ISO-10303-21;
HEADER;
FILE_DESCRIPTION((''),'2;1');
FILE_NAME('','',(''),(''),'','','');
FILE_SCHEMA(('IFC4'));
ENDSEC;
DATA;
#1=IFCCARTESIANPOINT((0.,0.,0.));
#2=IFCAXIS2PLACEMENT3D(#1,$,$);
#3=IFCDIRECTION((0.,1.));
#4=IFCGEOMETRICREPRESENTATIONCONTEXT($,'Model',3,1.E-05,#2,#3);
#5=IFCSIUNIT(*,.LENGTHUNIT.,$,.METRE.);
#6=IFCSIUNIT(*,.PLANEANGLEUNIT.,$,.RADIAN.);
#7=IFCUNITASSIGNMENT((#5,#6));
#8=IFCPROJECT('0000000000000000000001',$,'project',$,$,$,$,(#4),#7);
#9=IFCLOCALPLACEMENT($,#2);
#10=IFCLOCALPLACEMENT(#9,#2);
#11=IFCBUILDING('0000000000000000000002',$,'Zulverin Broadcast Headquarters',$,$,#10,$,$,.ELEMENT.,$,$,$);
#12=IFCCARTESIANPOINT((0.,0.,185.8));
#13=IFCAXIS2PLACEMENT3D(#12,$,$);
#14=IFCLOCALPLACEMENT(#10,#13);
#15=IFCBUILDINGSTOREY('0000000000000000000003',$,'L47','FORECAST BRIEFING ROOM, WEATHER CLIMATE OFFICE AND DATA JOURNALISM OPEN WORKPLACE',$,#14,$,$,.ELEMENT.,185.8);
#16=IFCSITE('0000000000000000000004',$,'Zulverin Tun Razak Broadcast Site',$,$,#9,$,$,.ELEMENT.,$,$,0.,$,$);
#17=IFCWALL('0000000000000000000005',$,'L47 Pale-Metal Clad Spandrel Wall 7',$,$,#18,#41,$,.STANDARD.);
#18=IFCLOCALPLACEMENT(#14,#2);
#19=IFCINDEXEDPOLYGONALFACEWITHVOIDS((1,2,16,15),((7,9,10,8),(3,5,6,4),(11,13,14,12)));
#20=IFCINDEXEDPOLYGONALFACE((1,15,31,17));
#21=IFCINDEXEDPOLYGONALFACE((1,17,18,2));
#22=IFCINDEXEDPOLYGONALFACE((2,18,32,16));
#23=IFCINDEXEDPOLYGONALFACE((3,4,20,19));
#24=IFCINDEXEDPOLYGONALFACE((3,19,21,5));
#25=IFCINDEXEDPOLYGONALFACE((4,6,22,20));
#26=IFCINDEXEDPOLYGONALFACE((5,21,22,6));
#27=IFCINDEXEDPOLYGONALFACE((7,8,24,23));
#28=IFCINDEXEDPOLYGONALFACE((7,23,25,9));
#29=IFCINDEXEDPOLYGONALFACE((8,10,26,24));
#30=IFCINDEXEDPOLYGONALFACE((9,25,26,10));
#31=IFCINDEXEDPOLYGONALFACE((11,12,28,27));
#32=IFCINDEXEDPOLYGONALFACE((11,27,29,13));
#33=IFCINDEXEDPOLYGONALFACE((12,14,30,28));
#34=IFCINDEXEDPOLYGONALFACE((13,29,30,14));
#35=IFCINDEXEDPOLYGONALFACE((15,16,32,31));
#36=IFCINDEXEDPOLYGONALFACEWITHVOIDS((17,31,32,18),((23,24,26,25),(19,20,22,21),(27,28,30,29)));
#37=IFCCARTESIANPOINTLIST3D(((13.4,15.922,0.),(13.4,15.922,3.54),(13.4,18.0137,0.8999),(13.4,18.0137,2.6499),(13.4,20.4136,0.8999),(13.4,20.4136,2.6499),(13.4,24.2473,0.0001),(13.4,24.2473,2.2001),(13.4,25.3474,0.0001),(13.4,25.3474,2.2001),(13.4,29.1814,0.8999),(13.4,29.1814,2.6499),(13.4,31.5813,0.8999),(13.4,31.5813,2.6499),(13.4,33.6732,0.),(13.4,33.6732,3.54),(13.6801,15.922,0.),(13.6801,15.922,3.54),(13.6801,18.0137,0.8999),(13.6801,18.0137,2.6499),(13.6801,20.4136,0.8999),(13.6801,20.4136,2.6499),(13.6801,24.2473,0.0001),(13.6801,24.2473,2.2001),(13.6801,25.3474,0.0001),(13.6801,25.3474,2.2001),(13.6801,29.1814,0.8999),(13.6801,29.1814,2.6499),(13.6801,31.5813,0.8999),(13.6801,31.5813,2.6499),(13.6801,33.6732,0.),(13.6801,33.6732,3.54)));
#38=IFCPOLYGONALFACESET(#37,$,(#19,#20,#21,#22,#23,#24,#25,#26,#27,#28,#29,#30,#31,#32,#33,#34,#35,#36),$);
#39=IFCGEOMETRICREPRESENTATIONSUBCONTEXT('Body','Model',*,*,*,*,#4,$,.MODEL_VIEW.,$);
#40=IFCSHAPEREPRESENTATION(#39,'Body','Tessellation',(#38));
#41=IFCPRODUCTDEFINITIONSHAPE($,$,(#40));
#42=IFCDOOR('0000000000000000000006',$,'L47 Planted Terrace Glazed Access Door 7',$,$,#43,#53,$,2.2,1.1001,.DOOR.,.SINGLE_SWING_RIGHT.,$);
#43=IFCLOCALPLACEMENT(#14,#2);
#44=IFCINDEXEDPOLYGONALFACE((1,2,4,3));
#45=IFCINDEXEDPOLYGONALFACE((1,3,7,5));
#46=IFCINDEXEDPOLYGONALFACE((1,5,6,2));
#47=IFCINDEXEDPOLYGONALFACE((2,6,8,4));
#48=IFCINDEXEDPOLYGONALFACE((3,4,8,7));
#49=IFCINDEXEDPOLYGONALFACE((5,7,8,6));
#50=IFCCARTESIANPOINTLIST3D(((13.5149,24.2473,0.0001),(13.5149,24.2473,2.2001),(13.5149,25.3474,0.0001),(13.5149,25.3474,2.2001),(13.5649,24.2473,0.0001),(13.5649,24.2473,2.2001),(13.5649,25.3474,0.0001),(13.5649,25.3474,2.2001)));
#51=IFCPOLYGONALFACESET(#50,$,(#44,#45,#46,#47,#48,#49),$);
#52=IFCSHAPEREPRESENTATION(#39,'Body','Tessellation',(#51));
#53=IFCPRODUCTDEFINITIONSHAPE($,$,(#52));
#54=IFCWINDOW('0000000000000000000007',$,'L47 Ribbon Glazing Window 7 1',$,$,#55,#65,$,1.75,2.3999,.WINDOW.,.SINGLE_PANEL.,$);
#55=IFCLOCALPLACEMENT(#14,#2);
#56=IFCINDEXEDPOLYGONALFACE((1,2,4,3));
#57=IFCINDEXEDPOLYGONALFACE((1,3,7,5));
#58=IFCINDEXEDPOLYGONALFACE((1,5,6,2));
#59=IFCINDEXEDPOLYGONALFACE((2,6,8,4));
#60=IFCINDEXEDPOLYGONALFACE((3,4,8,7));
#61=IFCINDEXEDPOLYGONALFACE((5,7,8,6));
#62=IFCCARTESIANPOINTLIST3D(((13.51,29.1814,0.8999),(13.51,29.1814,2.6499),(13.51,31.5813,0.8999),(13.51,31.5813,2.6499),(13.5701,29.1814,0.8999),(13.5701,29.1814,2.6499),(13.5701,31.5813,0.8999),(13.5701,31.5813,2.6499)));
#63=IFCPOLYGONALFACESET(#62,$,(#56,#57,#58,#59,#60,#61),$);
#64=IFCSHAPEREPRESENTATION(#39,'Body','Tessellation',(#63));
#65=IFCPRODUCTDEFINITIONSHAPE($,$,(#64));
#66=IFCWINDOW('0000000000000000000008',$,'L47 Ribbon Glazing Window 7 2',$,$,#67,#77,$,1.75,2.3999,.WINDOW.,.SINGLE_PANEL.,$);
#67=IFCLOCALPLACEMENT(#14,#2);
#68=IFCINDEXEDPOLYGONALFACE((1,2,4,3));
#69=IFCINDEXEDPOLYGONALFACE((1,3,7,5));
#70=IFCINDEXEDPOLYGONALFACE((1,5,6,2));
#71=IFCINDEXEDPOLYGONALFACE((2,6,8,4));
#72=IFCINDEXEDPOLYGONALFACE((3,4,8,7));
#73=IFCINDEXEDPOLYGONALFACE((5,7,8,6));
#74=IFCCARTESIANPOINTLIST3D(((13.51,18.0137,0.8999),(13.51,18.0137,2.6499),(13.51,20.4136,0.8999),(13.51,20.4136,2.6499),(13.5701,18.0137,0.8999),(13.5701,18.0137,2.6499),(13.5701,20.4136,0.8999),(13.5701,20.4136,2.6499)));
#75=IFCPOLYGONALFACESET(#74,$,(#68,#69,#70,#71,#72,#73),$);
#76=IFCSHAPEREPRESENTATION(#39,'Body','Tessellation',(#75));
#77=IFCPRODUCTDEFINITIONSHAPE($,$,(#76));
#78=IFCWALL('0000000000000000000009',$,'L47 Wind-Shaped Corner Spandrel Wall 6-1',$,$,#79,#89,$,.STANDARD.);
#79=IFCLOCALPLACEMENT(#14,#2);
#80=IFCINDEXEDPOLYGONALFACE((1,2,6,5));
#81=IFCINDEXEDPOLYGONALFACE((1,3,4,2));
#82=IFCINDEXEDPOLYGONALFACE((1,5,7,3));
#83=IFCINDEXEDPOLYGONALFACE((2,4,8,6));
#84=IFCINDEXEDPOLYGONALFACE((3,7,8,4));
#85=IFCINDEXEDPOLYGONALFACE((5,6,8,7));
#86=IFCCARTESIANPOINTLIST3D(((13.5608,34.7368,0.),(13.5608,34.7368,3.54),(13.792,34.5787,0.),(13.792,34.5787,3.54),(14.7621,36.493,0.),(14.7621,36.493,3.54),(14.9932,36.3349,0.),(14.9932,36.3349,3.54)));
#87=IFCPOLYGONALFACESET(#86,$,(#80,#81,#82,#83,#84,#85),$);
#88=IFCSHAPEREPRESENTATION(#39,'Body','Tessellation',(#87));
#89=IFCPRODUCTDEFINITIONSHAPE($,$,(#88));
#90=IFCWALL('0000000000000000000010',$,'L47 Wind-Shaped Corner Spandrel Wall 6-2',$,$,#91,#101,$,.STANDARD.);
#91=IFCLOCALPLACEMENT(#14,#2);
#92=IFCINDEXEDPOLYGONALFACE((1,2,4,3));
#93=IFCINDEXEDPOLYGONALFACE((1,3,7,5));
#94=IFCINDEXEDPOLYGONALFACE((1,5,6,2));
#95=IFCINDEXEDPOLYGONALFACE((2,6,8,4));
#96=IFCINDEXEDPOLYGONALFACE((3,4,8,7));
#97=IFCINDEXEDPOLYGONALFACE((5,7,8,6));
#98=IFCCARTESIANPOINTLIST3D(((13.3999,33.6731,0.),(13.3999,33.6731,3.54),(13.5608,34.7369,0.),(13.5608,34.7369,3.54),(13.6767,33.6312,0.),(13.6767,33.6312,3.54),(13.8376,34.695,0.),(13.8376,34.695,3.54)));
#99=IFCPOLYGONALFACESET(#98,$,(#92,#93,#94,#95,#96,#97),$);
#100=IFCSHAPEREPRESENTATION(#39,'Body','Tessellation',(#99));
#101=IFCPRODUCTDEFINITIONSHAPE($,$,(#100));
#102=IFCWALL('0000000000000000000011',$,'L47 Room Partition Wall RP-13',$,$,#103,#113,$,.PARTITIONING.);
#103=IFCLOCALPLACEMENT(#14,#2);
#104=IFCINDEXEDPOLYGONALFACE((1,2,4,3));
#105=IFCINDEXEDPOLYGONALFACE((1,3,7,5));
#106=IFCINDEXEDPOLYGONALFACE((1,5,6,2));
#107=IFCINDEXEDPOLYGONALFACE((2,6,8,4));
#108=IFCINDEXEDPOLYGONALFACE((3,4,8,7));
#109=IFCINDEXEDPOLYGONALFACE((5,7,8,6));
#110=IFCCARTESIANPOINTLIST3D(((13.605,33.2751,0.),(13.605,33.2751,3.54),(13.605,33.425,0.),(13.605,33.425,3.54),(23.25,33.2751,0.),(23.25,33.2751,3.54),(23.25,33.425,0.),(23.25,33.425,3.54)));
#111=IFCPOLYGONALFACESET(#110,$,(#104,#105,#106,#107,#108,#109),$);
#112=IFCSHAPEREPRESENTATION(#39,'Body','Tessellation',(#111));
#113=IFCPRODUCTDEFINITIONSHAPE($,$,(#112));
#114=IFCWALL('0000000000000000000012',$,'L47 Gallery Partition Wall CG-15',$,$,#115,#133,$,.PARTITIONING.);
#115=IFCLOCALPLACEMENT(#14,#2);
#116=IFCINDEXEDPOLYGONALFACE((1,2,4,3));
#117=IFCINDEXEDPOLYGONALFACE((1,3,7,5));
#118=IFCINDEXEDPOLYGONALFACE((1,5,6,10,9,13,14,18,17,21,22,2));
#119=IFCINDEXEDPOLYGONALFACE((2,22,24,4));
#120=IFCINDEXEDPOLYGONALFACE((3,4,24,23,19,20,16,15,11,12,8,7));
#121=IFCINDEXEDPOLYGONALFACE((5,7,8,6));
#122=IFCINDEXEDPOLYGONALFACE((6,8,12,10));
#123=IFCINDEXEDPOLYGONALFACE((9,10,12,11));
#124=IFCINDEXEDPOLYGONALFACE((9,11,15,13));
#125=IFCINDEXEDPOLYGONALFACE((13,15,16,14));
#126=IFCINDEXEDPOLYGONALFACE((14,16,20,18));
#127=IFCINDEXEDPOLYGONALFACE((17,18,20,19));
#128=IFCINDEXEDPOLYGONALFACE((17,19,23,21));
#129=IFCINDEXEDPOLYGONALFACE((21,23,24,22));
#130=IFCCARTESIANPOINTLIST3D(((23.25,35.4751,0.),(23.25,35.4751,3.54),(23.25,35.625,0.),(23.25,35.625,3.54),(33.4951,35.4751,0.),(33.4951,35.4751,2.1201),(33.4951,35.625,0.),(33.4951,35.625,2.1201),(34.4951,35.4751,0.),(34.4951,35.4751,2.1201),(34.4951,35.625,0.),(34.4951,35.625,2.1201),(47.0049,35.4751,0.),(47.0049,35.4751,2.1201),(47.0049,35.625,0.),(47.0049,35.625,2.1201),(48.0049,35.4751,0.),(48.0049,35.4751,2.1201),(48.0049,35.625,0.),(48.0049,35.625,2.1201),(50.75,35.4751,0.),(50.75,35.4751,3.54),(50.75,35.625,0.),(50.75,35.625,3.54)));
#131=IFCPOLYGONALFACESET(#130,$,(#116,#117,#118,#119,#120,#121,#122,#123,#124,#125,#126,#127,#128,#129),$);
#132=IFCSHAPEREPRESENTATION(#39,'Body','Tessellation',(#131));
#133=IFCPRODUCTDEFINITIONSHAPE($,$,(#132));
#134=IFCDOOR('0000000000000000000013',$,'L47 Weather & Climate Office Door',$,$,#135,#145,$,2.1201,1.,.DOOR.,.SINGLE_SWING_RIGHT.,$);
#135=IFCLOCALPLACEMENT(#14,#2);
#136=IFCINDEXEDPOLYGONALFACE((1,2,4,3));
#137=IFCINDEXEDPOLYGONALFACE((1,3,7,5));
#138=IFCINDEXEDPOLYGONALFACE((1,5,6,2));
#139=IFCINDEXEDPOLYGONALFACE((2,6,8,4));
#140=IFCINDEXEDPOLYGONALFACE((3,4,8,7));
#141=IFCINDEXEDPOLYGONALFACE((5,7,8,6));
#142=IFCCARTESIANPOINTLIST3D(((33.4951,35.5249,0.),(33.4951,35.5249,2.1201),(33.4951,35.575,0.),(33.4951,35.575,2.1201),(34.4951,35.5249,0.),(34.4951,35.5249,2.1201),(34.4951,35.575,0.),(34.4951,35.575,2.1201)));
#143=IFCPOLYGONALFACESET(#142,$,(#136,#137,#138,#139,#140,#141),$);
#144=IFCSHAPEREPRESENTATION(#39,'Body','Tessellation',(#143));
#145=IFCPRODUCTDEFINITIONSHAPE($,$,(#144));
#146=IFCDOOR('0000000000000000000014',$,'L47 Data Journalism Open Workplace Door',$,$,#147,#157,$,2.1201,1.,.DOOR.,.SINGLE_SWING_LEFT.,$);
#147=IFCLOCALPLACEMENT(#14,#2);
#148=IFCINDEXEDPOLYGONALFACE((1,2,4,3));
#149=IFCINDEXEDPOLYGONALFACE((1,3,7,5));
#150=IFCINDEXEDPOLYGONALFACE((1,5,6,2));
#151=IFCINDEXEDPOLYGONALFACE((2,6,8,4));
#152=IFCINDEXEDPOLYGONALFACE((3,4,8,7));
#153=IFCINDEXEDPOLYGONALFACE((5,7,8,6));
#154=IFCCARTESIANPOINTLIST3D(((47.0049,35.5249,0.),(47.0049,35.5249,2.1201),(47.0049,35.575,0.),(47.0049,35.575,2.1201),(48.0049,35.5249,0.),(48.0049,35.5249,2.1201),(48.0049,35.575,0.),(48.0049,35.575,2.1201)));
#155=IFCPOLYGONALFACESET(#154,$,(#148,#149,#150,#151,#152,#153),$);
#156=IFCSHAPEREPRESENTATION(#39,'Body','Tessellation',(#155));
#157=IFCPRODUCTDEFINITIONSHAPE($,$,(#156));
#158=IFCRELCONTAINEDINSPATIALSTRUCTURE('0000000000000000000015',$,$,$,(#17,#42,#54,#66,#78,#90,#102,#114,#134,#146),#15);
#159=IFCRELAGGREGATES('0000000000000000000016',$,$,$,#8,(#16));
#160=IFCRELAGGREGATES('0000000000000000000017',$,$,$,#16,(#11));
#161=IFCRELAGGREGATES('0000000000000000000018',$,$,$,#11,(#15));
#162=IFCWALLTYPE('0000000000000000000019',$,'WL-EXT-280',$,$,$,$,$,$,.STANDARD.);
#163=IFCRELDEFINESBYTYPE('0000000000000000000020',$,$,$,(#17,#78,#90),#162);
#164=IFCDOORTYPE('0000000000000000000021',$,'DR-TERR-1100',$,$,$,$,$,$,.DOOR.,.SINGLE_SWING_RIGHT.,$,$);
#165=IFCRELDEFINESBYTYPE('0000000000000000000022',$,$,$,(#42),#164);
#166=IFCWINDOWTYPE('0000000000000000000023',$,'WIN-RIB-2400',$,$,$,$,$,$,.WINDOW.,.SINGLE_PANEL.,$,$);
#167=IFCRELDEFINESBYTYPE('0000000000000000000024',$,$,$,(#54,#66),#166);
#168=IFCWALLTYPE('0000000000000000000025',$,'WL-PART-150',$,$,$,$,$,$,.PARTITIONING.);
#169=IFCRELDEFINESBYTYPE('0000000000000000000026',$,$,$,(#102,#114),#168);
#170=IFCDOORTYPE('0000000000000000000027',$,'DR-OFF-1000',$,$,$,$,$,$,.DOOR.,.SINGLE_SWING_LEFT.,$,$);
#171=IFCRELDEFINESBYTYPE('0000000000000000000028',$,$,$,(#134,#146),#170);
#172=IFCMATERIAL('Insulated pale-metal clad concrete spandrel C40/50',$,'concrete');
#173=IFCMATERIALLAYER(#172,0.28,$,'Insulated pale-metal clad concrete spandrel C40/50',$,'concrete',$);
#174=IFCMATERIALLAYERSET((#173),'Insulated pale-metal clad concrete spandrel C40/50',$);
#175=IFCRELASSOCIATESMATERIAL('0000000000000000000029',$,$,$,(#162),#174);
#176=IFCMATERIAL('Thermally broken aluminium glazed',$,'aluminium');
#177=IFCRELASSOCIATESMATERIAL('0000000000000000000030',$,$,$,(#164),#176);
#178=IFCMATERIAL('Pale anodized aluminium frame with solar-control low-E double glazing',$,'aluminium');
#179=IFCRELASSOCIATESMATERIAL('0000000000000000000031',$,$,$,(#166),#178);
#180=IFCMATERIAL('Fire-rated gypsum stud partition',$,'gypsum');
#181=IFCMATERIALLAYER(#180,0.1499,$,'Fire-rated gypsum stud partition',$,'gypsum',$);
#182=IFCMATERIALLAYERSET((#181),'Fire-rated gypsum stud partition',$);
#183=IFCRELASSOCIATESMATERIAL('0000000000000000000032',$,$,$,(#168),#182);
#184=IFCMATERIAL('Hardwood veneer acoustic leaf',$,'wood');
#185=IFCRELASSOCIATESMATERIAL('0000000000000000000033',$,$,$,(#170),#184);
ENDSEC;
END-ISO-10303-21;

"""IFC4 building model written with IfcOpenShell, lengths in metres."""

from ifc_helpers import new_model, si_unit, direction, frame, frame_2d, origin, place, context, subcontext, project, spatial, rectangle, extrude, material, layer, layer_set, type_object, element, fill, save


model = new_model("IFC4")

# Units and contexts
model_context = context("Model", 3, precision=1e-05, world=origin(), true_north=direction((0.0, 1.0)))
body_context = subcontext(model_context, "Body", "Model", "MODEL_VIEW")
ifc_project = project(units=[si_unit("LENGTHUNIT", "METRE"), si_unit("PLANEANGLEUNIT", "RADIAN")], contexts=[model_context])

# Site, building, storey
site_placement = place(None, origin())
site = spatial("IfcSite", under=ifc_project, at=site_placement, Name="Zulverin Tun Razak Broadcast Site", CompositionType="ELEMENT", RefElevation=0.0)
building_placement = place(site_placement, origin())
building = spatial("IfcBuilding", under=site, at=building_placement, Name="Zulverin Broadcast Headquarters", CompositionType="ELEMENT")
storey_placement = place(building_placement, frame((0.0, 0.0, 185.8)))
storey = spatial("IfcBuildingStorey", under=building, at=storey_placement, Name="L47", Description="FORECAST BRIEFING ROOM, WEATHER CLIMATE OFFICE AND DATA JOURNALISM OPEN WORKPLACE", CompositionType="ELEMENT", Elevation=185.8)

# Wall, openings, door, windows
ifc_material_1 = material(Name="Insulated pale-metal clad concrete spandrel C40/50", Category="concrete")
ifc_layer_1 = layer(ifc_material_1, 0.28, Name="Insulated pale-metal clad concrete spandrel C40/50", Category="concrete")
ifc_layer_set_1 = layer_set([ifc_layer_1], Name="Insulated pale-metal clad concrete spandrel C40/50")
wall_type_1 = type_object("IfcWallType", Name="WL-EXT-280", PredefinedType="STANDARD", material=ifc_layer_set_1)
wall_1_placement = place(storey_placement, frame((13.54, 33.6731, 0.0), z_axis=(0.0, 0.0, 1.0), x_axis=(0.0, -1.0, 0.0)))
wall_1 = element("IfcWall", 1, at=wall_1_placement, inside=storey, type_object=wall_type_1, Name="L47 Pale-Metal Clad Spandrel Wall 7", PredefinedType="STANDARD", context=body_context, shape_type="SweptSolid", body=[
    extrude(rectangle(XDim=17.7512, YDim=0.28, at=frame_2d((8.8755, 0.0))), origin(), (0.0, 0.0, 1.0), 3.54),
])
opening_1_placement = place(wall_1_placement, frame((8.3257, 0.0, 0.0)))
opening_1 = element("IfcOpeningElement", 2, at=opening_1_placement, cuts=wall_1, PredefinedType="OPENING", context=body_context, shape_type="SweptSolid", body=[
    extrude(rectangle(XDim=1.1001, YDim=2.2, at=frame_2d((0.55, 1.1001))), frame((0.0, 0.1499, 0.0), z_axis=(0.0, -1.0, 0.0), x_axis=(1.0, 0.0, 0.0)), (0.0, 0.0, 1.0), 0.3),
])
opening_2_placement = place(wall_1_placement, frame((2.0918, 0.0, 0.8999)))
opening_2 = element("IfcOpeningElement", 3, at=opening_2_placement, cuts=wall_1, PredefinedType="OPENING", context=body_context, shape_type="SweptSolid", body=[
    extrude(rectangle(XDim=2.3999, YDim=1.75, at=frame_2d((1.2, 0.875))), frame((0.0, 0.1499, 0.0), z_axis=(0.0, -1.0, 0.0), x_axis=(1.0, 0.0, 0.0)), (0.0, 0.0, 1.0), 0.3),
])
opening_3_placement = place(wall_1_placement, frame((13.2595, 0.0, 0.8999)))
opening_3 = element("IfcOpeningElement", 4, at=opening_3_placement, cuts=wall_1, PredefinedType="OPENING", context=body_context, shape_type="SweptSolid", body=[
    extrude(rectangle(XDim=2.3999, YDim=1.75, at=frame_2d((1.2, 0.875))), frame((0.0, 0.1499, 0.0), z_axis=(0.0, -1.0, 0.0), x_axis=(1.0, 0.0, 0.0)), (0.0, 0.0, 1.0), 0.3),
])
ifc_material_2 = material(Name="Thermally broken aluminium glazed", Category="aluminium")
door_type_1 = type_object("IfcDoorType", Name="DR-TERR-1100", OperationType="SINGLE_SWING_RIGHT", PredefinedType="DOOR", material=ifc_material_2)
door_1_placement = place(opening_1_placement, origin())
door_1 = element("IfcDoor", 5, at=door_1_placement, inside=storey, type_object=door_type_1, Name="L47 Planted Terrace Glazed Access Door 7", OperationType="SINGLE_SWING_RIGHT", OverallHeight=2.2, OverallWidth=1.1001, PredefinedType="DOOR", context=body_context, shape_type="SweptSolid", body=[
    extrude(rectangle(XDim=1.1001, YDim=2.2, at=frame_2d((0.55, 1.1001))), frame((0.0, 0.0249, 0.0), z_axis=(0.0, -1.0, 0.0), x_axis=(1.0, 0.0, 0.0)), (0.0, 0.0, 1.0), 0.05),
])
fill(opening_1, door_1)
ifc_material_3 = material(Name="Pale anodized aluminium frame with solar-control low-E double glazing", Category="aluminium")
window_type = type_object("IfcWindowType", Name="WIN-RIB-2400", PartitioningType="SINGLE_PANEL", PredefinedType="WINDOW", material=ifc_material_3)
window_1_placement = place(opening_2_placement, origin())
window_1 = element("IfcWindow", 6, at=window_1_placement, inside=storey, type_object=window_type, Name="L47 Ribbon Glazing Window 7 1", OverallHeight=1.75, OverallWidth=2.3999, PartitioningType="SINGLE_PANEL", PredefinedType="WINDOW", context=body_context, shape_type="SweptSolid", body=[
    extrude(rectangle(XDim=2.3999, YDim=1.75, at=frame_2d((1.2, 0.875))), frame((0.0, 0.03, 0.0), z_axis=(0.0, -1.0, 0.0), x_axis=(1.0, 0.0, 0.0)), (0.0, 0.0, 1.0), 0.0601),
])
fill(opening_2, window_1)
window_2_placement = place(opening_3_placement, origin())
window_2 = element("IfcWindow", 7, at=window_2_placement, inside=storey, type_object=window_type, Name="L47 Ribbon Glazing Window 7 2", OverallHeight=1.75, OverallWidth=2.3999, PartitioningType="SINGLE_PANEL", PredefinedType="WINDOW", context=body_context, shape_type="SweptSolid", body=[
    extrude(rectangle(XDim=2.3999, YDim=1.75, at=frame_2d((1.2, 0.875))), frame((0.0, 0.03, 0.0), z_axis=(0.0, -1.0, 0.0), x_axis=(1.0, 0.0, 0.0)), (0.0, 0.0, 1.0), 0.0601),
])
fill(opening_3, window_2)

# Walls
wall_2_placement = place(storey_placement, frame((14.8777, 36.4141, 0.0), z_axis=(0.0, 0.0, 1.0), x_axis=(-0.564565, -0.825389, 0.0)))
element("IfcWall", 8, at=wall_2_placement, inside=storey, type_object=wall_type_1, Name="L47 Wind-Shaped Corner Spandrel Wall 6-1", PredefinedType="STANDARD", context=body_context, shape_type="SweptSolid", body=[
    extrude(rectangle(XDim=2.1277, YDim=0.28, at=frame_2d((1.064, 0.0))), origin(), (0.0, 0.0, 1.0), 3.54),
])
wall_3_placement = place(storey_placement, frame((13.6992, 34.7161, 0.0), z_axis=(0.0, 0.0, 1.0), x_axis=(-0.14955, -0.988754, 0.0)))
element("IfcWall", 9, at=wall_3_placement, inside=storey, type_object=wall_type_1, Name="L47 Wind-Shaped Corner Spandrel Wall 6-2", PredefinedType="STANDARD", context=body_context, shape_type="SweptSolid", body=[
    extrude(rectangle(XDim=1.0759, YDim=0.28, at=frame_2d((0.5381, 0.0))), origin(), (0.0, 0.0, 1.0), 3.54),
])
ifc_material_4 = material(Name="Fire-rated gypsum stud partition", Category="gypsum")
ifc_layer_2 = layer(ifc_material_4, 0.1499, Name="Fire-rated gypsum stud partition", Category="gypsum")
ifc_layer_set_2 = layer_set([ifc_layer_2], Name="Fire-rated gypsum stud partition")
wall_type_2 = type_object("IfcWallType", Name="WL-PART-150", PredefinedType="PARTITIONING", material=ifc_layer_set_2)
wall_4_placement = place(storey_placement, frame((13.605, 33.3501, 0.0), z_axis=(0.0, 0.0, 1.0), x_axis=(1.0, 0.0, 0.0)))
element("IfcWall", 10, at=wall_4_placement, inside=storey, type_object=wall_type_2, Name="L47 Room Partition Wall RP-13", PredefinedType="PARTITIONING", context=body_context, shape_type="SweptSolid", body=[
    extrude(rectangle(XDim=9.645, YDim=0.1499, at=frame_2d((4.8225, 0.0))), origin(), (0.0, 0.0, 1.0), 3.54),
])

# Wall, openings, doors
wall_5_placement = place(storey_placement, frame((23.25, 35.55, 0.0), z_axis=(0.0, 0.0, 1.0), x_axis=(1.0, 0.0, 0.0)))
wall_5 = element("IfcWall", 11, at=wall_5_placement, inside=storey, type_object=wall_type_2, Name="L47 Gallery Partition Wall CG-15", PredefinedType="PARTITIONING", context=body_context, shape_type="SweptSolid", body=[
    extrude(rectangle(XDim=27.5, YDim=0.1499, at=frame_2d((13.75, 0.0))), origin(), (0.0, 0.0, 1.0), 3.54),
])
opening_4_placement = place(wall_5_placement, frame((10.2451, 0.0, 0.0)))
opening_4 = element("IfcOpeningElement", 12, at=opening_4_placement, cuts=wall_5, PredefinedType="OPENING", context=body_context, shape_type="SweptSolid", body=[
    extrude(rectangle(XDim=1.0, YDim=2.1201, at=frame_2d((0.5, 1.0601))), frame((0.0, 0.085, 0.0), z_axis=(0.0, -1.0, 0.0), x_axis=(1.0, 0.0, 0.0)), (0.0, 0.0, 1.0), 0.1699),
])
opening_5_placement = place(wall_5_placement, frame((23.7549, 0.0, 0.0)))
opening_5 = element("IfcOpeningElement", 13, at=opening_5_placement, cuts=wall_5, PredefinedType="OPENING", context=body_context, shape_type="SweptSolid", body=[
    extrude(rectangle(XDim=1.0, YDim=2.1201, at=frame_2d((0.5, 1.0601))), frame((0.0, 0.085, 0.0), z_axis=(0.0, -1.0, 0.0), x_axis=(1.0, 0.0, 0.0)), (0.0, 0.0, 1.0), 0.1699),
])
ifc_material_5 = material(Name="Hardwood veneer acoustic leaf", Category="wood")
door_type_2 = type_object("IfcDoorType", Name="DR-OFF-1000", OperationType="SINGLE_SWING_LEFT", PredefinedType="DOOR", material=ifc_material_5)
door_2_placement = place(opening_4_placement, origin())
door_2 = element("IfcDoor", 14, at=door_2_placement, inside=storey, type_object=door_type_2, Name="L47 Weather & Climate Office Door", OperationType="SINGLE_SWING_RIGHT", OverallHeight=2.1201, OverallWidth=1.0, PredefinedType="DOOR", context=body_context, shape_type="SweptSolid", body=[
    extrude(rectangle(XDim=1.0, YDim=2.1201, at=frame_2d((0.5, 1.0601))), frame((0.0, 0.0249, 0.0), z_axis=(0.0, -1.0, 0.0), x_axis=(1.0, 0.0, 0.0)), (0.0, 0.0, 1.0), 0.05),
])
fill(opening_4, door_2)
door_3_placement = place(opening_5_placement, origin())
door_3 = element("IfcDoor", 15, at=door_3_placement, inside=storey, type_object=door_type_2, Name="L47 Data Journalism Open Workplace Door", OperationType="SINGLE_SWING_LEFT", OverallHeight=2.1201, OverallWidth=1.0, PredefinedType="DOOR", context=body_context, shape_type="SweptSolid", body=[
    extrude(rectangle(XDim=1.0, YDim=2.1201, at=frame_2d((0.5, 1.0601))), frame((0.0, 0.0249, 0.0), z_axis=(0.0, -1.0, 0.0), x_axis=(1.0, 0.0, 0.0)), (0.0, 0.0, 1.0), 0.05),
])
fill(opening_5, door_3)

save(model, "model.ifc")
